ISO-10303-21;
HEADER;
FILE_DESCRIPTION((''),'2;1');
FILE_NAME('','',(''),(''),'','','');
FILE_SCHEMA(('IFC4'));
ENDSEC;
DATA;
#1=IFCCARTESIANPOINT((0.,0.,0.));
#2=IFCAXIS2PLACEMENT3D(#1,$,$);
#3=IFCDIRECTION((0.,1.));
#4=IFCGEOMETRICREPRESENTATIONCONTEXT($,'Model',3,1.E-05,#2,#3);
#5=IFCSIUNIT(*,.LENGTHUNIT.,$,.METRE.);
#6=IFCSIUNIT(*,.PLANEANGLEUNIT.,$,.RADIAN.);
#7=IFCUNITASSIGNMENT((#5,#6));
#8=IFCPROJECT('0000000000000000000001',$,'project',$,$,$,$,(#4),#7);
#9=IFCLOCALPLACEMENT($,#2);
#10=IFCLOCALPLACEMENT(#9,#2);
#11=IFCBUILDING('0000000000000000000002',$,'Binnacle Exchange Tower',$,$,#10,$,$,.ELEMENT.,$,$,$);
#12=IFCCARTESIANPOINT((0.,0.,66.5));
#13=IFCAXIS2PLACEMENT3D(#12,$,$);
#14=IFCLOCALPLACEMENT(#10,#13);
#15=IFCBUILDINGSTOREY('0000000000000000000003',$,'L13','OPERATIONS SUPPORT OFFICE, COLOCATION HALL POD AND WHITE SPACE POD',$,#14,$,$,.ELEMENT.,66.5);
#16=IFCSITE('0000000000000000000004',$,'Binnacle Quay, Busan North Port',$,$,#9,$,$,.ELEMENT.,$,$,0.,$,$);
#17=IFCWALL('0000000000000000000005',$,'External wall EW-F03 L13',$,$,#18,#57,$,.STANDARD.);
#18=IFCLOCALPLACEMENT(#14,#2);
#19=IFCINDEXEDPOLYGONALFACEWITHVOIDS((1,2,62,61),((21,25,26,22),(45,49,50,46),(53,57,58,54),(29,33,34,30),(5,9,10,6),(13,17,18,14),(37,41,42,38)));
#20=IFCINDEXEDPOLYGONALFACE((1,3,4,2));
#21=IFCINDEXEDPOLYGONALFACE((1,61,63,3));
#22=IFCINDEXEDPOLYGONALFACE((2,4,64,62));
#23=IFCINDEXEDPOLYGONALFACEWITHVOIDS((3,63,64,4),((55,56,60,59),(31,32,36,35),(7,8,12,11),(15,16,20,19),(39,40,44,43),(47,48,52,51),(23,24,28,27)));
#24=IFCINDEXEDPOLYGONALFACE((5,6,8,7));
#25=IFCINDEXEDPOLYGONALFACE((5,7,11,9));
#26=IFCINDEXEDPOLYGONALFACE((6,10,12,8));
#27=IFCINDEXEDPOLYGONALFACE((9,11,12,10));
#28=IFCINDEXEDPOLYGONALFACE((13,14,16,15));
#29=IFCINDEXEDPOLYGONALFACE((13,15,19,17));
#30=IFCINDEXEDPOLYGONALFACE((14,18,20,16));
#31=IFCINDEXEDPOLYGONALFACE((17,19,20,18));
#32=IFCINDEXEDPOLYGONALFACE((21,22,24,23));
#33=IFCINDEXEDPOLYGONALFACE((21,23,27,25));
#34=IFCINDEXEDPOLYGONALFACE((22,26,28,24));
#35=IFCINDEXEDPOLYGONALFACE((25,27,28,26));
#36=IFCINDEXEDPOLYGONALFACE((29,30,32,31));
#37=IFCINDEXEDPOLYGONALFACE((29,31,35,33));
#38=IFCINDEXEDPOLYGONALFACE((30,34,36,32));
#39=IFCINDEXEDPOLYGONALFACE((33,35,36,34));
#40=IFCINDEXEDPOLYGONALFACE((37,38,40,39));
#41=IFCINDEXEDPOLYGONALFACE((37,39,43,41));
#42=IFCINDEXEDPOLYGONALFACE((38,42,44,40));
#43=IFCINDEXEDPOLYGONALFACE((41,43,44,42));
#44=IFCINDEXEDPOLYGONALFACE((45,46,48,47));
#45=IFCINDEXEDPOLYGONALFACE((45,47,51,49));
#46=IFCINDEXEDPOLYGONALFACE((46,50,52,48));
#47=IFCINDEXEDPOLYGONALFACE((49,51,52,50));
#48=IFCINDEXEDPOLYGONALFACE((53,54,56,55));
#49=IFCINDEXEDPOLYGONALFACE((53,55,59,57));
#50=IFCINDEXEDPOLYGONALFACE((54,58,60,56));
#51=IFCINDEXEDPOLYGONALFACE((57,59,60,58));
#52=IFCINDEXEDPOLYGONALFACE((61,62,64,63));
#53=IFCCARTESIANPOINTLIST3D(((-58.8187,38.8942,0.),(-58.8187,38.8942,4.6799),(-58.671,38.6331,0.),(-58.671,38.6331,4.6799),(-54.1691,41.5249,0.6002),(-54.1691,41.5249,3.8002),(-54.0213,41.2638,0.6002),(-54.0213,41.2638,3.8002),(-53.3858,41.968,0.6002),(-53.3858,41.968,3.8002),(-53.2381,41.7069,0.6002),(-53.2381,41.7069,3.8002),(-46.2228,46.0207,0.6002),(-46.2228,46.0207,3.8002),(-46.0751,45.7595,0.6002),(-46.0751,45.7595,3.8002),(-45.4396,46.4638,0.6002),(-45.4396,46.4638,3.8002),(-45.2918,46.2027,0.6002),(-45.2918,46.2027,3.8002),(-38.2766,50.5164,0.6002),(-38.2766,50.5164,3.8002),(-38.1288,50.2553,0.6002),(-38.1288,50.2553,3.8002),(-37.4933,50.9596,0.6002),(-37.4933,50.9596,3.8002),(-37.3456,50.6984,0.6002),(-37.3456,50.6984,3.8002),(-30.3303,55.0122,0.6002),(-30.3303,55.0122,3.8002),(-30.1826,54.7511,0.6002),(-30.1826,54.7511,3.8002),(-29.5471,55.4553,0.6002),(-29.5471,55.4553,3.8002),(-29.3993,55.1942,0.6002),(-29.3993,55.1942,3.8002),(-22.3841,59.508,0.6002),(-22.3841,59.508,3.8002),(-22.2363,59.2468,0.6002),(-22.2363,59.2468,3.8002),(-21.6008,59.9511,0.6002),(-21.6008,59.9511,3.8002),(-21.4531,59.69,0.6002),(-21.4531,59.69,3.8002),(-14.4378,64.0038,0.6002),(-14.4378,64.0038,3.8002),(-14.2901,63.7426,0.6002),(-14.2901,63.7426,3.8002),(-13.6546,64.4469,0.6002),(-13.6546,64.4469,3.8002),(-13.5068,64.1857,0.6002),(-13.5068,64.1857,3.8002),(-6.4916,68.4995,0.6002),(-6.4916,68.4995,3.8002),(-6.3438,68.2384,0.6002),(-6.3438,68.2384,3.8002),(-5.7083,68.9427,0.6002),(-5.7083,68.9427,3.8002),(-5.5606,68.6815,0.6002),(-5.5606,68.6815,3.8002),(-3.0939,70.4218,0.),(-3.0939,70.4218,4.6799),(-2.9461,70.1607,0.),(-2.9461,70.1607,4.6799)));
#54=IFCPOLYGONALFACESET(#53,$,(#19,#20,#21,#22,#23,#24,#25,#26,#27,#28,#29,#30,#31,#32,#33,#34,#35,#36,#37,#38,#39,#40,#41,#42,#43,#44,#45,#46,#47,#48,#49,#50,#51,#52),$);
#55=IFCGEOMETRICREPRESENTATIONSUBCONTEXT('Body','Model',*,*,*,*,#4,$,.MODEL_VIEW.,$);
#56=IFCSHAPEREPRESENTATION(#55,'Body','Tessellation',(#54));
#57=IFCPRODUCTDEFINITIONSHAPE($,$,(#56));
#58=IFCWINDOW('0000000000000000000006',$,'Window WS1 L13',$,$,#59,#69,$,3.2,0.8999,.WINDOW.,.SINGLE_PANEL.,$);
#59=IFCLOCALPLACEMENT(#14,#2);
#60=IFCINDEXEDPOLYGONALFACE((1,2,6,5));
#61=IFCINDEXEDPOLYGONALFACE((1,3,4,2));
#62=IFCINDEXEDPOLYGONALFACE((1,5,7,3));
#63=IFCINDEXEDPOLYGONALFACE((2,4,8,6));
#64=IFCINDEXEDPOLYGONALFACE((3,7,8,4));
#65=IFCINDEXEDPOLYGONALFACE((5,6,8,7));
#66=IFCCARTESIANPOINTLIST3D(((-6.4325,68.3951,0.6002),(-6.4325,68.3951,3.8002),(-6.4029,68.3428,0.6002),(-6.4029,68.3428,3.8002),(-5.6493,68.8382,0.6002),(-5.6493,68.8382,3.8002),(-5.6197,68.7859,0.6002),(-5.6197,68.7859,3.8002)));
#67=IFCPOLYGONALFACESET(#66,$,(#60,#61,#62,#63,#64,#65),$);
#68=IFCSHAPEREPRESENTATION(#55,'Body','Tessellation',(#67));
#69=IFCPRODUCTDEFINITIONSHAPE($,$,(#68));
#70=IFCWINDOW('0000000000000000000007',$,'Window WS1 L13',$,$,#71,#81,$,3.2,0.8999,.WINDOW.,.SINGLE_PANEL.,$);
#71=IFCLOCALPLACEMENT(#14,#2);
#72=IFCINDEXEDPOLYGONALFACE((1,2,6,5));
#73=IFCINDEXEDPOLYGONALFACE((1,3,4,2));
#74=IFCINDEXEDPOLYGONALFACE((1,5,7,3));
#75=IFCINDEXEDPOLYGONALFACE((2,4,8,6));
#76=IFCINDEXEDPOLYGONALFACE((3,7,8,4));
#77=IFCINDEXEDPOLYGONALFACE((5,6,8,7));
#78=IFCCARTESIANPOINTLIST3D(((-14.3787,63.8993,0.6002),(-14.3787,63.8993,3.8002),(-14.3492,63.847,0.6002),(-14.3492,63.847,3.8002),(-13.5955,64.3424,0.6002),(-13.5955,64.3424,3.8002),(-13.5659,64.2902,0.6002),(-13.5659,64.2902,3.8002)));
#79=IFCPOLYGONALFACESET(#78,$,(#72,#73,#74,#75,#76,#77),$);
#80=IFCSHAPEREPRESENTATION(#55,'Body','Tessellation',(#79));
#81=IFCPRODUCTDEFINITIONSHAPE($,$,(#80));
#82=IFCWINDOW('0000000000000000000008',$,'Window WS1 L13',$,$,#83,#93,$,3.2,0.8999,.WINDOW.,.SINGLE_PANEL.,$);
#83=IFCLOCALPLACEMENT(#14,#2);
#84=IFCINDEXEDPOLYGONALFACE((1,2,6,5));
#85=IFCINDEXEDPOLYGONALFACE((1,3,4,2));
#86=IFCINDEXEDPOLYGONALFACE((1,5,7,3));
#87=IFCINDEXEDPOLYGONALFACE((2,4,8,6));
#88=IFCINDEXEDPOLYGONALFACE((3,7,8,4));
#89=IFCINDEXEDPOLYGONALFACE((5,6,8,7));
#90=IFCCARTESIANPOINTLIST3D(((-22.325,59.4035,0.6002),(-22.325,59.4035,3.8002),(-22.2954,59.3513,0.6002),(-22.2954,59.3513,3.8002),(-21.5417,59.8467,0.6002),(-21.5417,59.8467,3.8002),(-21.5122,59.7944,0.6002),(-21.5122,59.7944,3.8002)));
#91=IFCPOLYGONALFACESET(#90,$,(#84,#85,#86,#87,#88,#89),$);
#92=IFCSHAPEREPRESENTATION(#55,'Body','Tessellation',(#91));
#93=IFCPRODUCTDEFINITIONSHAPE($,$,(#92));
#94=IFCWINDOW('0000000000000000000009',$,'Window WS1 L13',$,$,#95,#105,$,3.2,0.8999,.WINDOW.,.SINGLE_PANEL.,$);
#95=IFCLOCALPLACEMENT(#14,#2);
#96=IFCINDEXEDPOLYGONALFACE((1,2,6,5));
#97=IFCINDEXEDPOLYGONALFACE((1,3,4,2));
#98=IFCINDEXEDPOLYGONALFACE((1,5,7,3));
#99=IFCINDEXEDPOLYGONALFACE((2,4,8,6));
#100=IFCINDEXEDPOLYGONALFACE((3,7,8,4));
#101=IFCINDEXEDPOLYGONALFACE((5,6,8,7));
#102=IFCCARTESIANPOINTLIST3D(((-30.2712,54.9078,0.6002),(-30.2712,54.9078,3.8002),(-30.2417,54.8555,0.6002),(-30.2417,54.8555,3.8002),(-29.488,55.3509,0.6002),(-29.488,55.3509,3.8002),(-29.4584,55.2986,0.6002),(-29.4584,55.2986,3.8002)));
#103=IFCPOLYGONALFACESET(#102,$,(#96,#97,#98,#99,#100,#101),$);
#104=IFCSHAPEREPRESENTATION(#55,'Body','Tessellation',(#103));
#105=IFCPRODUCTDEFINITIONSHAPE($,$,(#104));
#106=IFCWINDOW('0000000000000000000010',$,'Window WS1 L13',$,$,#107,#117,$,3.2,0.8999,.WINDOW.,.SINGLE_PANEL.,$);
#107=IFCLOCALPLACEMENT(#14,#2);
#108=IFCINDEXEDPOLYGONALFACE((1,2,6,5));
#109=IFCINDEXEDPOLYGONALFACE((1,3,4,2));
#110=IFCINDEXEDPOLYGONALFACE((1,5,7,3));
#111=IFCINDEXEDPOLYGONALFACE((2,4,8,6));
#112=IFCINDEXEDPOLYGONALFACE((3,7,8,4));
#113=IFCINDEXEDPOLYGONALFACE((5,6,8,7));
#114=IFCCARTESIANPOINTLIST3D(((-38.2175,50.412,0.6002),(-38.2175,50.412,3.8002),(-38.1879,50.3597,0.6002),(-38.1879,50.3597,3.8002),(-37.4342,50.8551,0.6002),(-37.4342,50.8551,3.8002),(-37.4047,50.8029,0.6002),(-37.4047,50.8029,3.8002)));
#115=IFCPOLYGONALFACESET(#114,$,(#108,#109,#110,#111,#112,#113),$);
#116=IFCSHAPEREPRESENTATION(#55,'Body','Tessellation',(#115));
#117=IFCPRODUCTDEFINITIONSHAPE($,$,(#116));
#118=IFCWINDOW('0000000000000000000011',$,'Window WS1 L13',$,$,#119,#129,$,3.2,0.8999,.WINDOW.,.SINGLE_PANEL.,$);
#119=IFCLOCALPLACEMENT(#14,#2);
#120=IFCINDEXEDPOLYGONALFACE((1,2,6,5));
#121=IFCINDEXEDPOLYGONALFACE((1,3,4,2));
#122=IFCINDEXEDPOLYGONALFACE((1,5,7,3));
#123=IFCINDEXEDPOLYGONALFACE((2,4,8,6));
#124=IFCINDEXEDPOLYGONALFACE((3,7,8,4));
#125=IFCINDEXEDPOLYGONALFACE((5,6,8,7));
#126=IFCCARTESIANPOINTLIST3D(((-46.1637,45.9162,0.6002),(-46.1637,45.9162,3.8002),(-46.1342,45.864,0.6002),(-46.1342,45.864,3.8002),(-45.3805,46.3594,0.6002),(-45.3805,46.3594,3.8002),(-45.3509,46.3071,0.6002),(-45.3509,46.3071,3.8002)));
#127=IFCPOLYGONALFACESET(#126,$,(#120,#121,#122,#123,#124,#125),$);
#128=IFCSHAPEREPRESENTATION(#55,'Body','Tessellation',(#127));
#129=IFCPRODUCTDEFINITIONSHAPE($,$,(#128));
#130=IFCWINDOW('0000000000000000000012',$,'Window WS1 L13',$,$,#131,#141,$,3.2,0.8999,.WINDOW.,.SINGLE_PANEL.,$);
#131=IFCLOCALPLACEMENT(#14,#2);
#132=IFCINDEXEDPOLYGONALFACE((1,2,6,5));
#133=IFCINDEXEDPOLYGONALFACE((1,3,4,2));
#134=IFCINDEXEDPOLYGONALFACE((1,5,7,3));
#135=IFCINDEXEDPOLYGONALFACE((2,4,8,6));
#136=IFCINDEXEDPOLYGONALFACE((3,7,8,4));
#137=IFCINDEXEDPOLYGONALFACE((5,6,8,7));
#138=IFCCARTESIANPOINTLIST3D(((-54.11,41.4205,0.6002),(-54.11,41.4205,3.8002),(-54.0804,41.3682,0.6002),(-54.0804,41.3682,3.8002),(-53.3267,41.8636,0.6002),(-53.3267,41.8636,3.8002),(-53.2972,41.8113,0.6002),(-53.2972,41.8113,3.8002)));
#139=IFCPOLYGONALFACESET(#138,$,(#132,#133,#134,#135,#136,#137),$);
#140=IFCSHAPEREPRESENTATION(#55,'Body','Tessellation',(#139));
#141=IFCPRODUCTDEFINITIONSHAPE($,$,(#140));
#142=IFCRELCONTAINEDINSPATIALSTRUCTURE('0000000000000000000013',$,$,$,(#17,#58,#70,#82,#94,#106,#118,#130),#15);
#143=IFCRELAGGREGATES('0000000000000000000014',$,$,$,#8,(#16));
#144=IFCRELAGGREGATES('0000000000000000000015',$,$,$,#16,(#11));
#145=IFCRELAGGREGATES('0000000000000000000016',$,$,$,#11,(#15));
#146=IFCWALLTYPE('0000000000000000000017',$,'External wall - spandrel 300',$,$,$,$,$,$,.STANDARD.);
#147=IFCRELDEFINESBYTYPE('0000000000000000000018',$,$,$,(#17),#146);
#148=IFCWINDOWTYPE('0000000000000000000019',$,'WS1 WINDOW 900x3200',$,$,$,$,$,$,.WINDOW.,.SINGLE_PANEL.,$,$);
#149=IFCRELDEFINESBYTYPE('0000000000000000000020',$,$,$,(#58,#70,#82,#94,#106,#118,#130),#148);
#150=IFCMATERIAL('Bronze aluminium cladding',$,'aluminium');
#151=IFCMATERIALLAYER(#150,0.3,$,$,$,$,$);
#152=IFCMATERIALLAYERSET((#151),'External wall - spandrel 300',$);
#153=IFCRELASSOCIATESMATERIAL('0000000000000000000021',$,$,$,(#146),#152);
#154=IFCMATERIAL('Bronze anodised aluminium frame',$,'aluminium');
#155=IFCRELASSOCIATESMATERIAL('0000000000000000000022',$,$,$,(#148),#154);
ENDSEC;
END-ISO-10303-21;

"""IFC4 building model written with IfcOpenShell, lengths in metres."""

from ifc_helpers import new_model, si_unit, direction, frame, frame_2d, origin, place, context, subcontext, project, spatial, rectangle, extrude, material, layer, layer_set, type_object, element, fill, save


model = new_model("IFC4")

# Units and contexts
model_context = context("Model", 3, precision=1e-05, world=origin(), true_north=direction((0.0, 1.0)))
body_context = subcontext(model_context, "Body", "Model", "MODEL_VIEW")
ifc_project = project(units=[si_unit("LENGTHUNIT", "METRE"), si_unit("PLANEANGLEUNIT", "RADIAN")], contexts=[model_context])

# Site, building, storey
site_placement = place(None, origin())
site = spatial("IfcSite", under=ifc_project, at=site_placement, Name="Binnacle Quay, Busan North Port", CompositionType="ELEMENT", RefElevation=0.0)
building_placement = place(site_placement, origin())
building = spatial("IfcBuilding", under=site, at=building_placement, Name="Binnacle Exchange Tower", CompositionType="ELEMENT")
storey_placement = place(building_placement, frame((0.0, 0.0, 66.5)))
storey = spatial("IfcBuildingStorey", under=building, at=storey_placement, Name="L13", Description="OPERATIONS SUPPORT OFFICE, COLOCATION HALL POD AND WHITE SPACE POD", CompositionType="ELEMENT", Elevation=66.5)

# Wall, openings, windows
ifc_material_1 = material(Name="Bronze aluminium cladding", Category="aluminium")
ifc_layer_1 = layer(ifc_material_1, 0.3)
ifc_layer_set_1 = layer_set([ifc_layer_1], Name="External wall - spandrel 300")
wall_type_1 = type_object("IfcWallType", Name="External wall - spandrel 300", PredefinedType="STANDARD", material=ifc_layer_set_1)
wall_1_placement = place(storey_placement, frame((-58.7449, 38.7637, 0.0), z_axis=(0.0, 0.0, 1.0), x_axis=(0.870356, 0.492423, 0.0)))
wall_1 = element("IfcWall", 1, at=wall_1_placement, inside=storey, type_object=wall_type_1, Name="External wall EW-F03 L13", PredefinedType="STANDARD", context=body_context, shape_type="SweptSolid", body=[
    extrude(rectangle(XDim=64.0254, YDim=0.3, at=frame_2d((32.0127, 0.0))), origin(), (0.0, 0.0, 1.0), 4.6799),
])
opening_1_placement = place(wall_1_placement, frame((60.1216, 0.0, 0.6001)))
opening_1 = element("IfcOpeningElement", 2, at=opening_1_placement, cuts=wall_1, PredefinedType="OPENING", context=body_context, shape_type="SweptSolid", body=[
    extrude(rectangle(XDim=0.8999, YDim=3.2, at=frame_2d((0.45, 1.6001))), frame((0.0, 0.1599, 0.0), z_axis=(0.0, -1.0, 0.0), x_axis=(1.0, 0.0, 0.0)), (0.0, 0.0, 1.0), 0.3201),
])
opening_2_placement = place(wall_1_placement, frame((50.9917, 0.0, 0.6001)))
opening_2 = element("IfcOpeningElement", 3, at=opening_2_placement, cuts=wall_1, PredefinedType="OPENING", context=body_context, shape_type="SweptSolid", body=[
    extrude(rectangle(XDim=0.8999, YDim=3.2, at=frame_2d((0.45, 1.6001))), frame((0.0, 0.1599, 0.0), z_axis=(0.0, -1.0, 0.0), x_axis=(1.0, 0.0, 0.0)), (0.0, 0.0, 1.0), 0.3201),
])
opening_3_placement = place(wall_1_placement, frame((41.8618, 0.0, 0.6001)))
opening_3 = element("IfcOpeningElement", 4, at=opening_3_placement, cuts=wall_1, PredefinedType="OPENING", context=body_context, shape_type="SweptSolid", body=[
    extrude(rectangle(XDim=0.8999, YDim=3.2, at=frame_2d((0.45, 1.6001))), frame((0.0, 0.1599, 0.0), z_axis=(0.0, -1.0, 0.0), x_axis=(1.0, 0.0, 0.0)), (0.0, 0.0, 1.0), 0.3201),
])
opening_4_placement = place(wall_1_placement, frame((32.7319, 0.0, 0.6001)))
opening_4 = element("IfcOpeningElement", 5, at=opening_4_placement, cuts=wall_1, PredefinedType="OPENING", context=body_context, shape_type="SweptSolid", body=[
    extrude(rectangle(XDim=0.8999, YDim=3.2, at=frame_2d((0.45, 1.6001))), frame((0.0, 0.1599, 0.0), z_axis=(0.0, -1.0, 0.0), x_axis=(1.0, 0.0, 0.0)), (0.0, 0.0, 1.0), 0.3201),
])
opening_5_placement = place(wall_1_placement, frame((23.6021, 0.0, 0.6001)))
opening_5 = element("IfcOpeningElement", 6, at=opening_5_placement, cuts=wall_1, PredefinedType="OPENING", context=body_context, shape_type="SweptSolid", body=[
    extrude(rectangle(XDim=0.8999, YDim=3.2, at=frame_2d((0.45, 1.6001))), frame((0.0, 0.1599, 0.0), z_axis=(0.0, -1.0, 0.0), x_axis=(1.0, 0.0, 0.0)), (0.0, 0.0, 1.0), 0.3201),
])
opening_6_placement = place(wall_1_placement, frame((14.4722, 0.0, 0.6001)))
opening_6 = element("IfcOpeningElement", 7, at=opening_6_placement, cuts=wall_1, PredefinedType="OPENING", context=body_context, shape_type="SweptSolid", body=[
    extrude(rectangle(XDim=0.8999, YDim=3.2, at=frame_2d((0.45, 1.6001))), frame((0.0, 0.1599, 0.0), z_axis=(0.0, -1.0, 0.0), x_axis=(1.0, 0.0, 0.0)), (0.0, 0.0, 1.0), 0.3201),
])
opening_7_placement = place(wall_1_placement, frame((5.3423, 0.0, 0.6001)))
opening_7 = element("IfcOpeningElement", 8, at=opening_7_placement, cuts=wall_1, PredefinedType="OPENING", context=body_context, shape_type="SweptSolid", body=[
    extrude(rectangle(XDim=0.8999, YDim=3.2, at=frame_2d((0.45, 1.6001))), frame((0.0, 0.1599, 0.0), z_axis=(0.0, -1.0, 0.0), x_axis=(1.0, 0.0, 0.0)), (0.0, 0.0, 1.0), 0.3201),
])
ifc_material_2 = material(Name="Bronze anodised aluminium frame", Category="aluminium")
window_type = type_object("IfcWindowType", Name="WS1 WINDOW 900x3200", PartitioningType="SINGLE_PANEL", PredefinedType="WINDOW", material=ifc_material_2)
window_1_placement = place(opening_1_placement, origin())
window_1 = element("IfcWindow", 9, at=window_1_placement, inside=storey, type_object=window_type, Name="Window WS1 L13", OverallHeight=3.2, OverallWidth=0.8999, PartitioningType="SINGLE_PANEL", PredefinedType="WINDOW", context=body_context, shape_type="SweptSolid", body=[
    extrude(rectangle(XDim=0.8999, YDim=3.2, at=frame_2d((0.45, 1.6001))), frame((0.0, 0.03, 0.0), z_axis=(0.0, -1.0, 0.0), x_axis=(1.0, 0.0, 0.0)), (0.0, 0.0, 1.0), 0.0601),
])
fill(opening_1, window_1)
window_2_placement = place(opening_2_placement, origin())
window_2 = element("IfcWindow", 10, at=window_2_placement, inside=storey, type_object=window_type, Name="Window WS1 L13", OverallHeight=3.2, OverallWidth=0.8999, PartitioningType="SINGLE_PANEL", PredefinedType="WINDOW", context=body_context, shape_type="SweptSolid", body=[
    extrude(rectangle(XDim=0.8999, YDim=3.2, at=frame_2d((0.45, 1.6001))), frame((0.0, 0.03, 0.0), z_axis=(0.0, -1.0, 0.0), x_axis=(1.0, 0.0, 0.0)), (0.0, 0.0, 1.0), 0.0601),
])
fill(opening_2, window_2)
window_3_placement = place(opening_3_placement, origin())
window_3 = element("IfcWindow", 11, at=window_3_placement, inside=storey, type_object=window_type, Name="Window WS1 L13", OverallHeight=3.2, OverallWidth=0.8999, PartitioningType="SINGLE_PANEL", PredefinedType="WINDOW", context=body_context, shape_type="SweptSolid", body=[
    extrude(rectangle(XDim=0.8999, YDim=3.2, at=frame_2d((0.45, 1.6001))), frame((0.0, 0.03, 0.0), z_axis=(0.0, -1.0, 0.0), x_axis=(1.0, 0.0, 0.0)), (0.0, 0.0, 1.0), 0.0601),
])
fill(opening_3, window_3)
window_4_placement = place(opening_4_placement, origin())
window_4 = element("IfcWindow", 12, at=window_4_placement, inside=storey, type_object=window_type, Name="Window WS1 L13", OverallHeight=3.2, OverallWidth=0.8999, PartitioningType="SINGLE_PANEL", PredefinedType="WINDOW", context=body_context, shape_type="SweptSolid", body=[
    extrude(rectangle(XDim=0.8999, YDim=3.2, at=frame_2d((0.45, 1.6001))), frame((0.0, 0.03, 0.0), z_axis=(0.0, -1.0, 0.0), x_axis=(1.0, 0.0, 0.0)), (0.0, 0.0, 1.0), 0.0601),
])
fill(opening_4, window_4)
window_5_placement = place(opening_5_placement, origin())
window_5 = element("IfcWindow", 13, at=window_5_placement, inside=storey, type_object=window_type, Name="Window WS1 L13", OverallHeight=3.2, OverallWidth=0.8999, PartitioningType="SINGLE_PANEL", PredefinedType="WINDOW", context=body_context, shape_type="SweptSolid", body=[
    extrude(rectangle(XDim=0.8999, YDim=3.2, at=frame_2d((0.45, 1.6001))), frame((0.0, 0.03, 0.0), z_axis=(0.0, -1.0, 0.0), x_axis=(1.0, 0.0, 0.0)), (0.0, 0.0, 1.0), 0.0601),
])
fill(opening_5, window_5)
window_6_placement = place(opening_6_placement, origin())
window_6 = element("IfcWindow", 14, at=window_6_placement, inside=storey, type_object=window_type, Name="Window WS1 L13", OverallHeight=3.2, OverallWidth=0.8999, PartitioningType="SINGLE_PANEL", PredefinedType="WINDOW", context=body_context, shape_type="SweptSolid", body=[
    extrude(rectangle(XDim=0.8999, YDim=3.2, at=frame_2d((0.45, 1.6001))), frame((0.0, 0.03, 0.0), z_axis=(0.0, -1.0, 0.0), x_axis=(1.0, 0.0, 0.0)), (0.0, 0.0, 1.0), 0.0601),
])
fill(opening_6, window_6)
window_7_placement = place(opening_7_placement, origin())
window_7 = element("IfcWindow", 15, at=window_7_placement, inside=storey, type_object=window_type, Name="Window WS1 L13", OverallHeight=3.2, OverallWidth=0.8999, PartitioningType="SINGLE_PANEL", PredefinedType="WINDOW", context=body_context, shape_type="SweptSolid", body=[
    extrude(rectangle(XDim=0.8999, YDim=3.2, at=frame_2d((0.45, 1.6001))), frame((0.0, 0.03, 0.0), z_axis=(0.0, -1.0, 0.0), x_axis=(1.0, 0.0, 0.0)), (0.0, 0.0, 1.0), 0.0601),
])
fill(opening_7, window_7)

save(model, "model.ifc")
